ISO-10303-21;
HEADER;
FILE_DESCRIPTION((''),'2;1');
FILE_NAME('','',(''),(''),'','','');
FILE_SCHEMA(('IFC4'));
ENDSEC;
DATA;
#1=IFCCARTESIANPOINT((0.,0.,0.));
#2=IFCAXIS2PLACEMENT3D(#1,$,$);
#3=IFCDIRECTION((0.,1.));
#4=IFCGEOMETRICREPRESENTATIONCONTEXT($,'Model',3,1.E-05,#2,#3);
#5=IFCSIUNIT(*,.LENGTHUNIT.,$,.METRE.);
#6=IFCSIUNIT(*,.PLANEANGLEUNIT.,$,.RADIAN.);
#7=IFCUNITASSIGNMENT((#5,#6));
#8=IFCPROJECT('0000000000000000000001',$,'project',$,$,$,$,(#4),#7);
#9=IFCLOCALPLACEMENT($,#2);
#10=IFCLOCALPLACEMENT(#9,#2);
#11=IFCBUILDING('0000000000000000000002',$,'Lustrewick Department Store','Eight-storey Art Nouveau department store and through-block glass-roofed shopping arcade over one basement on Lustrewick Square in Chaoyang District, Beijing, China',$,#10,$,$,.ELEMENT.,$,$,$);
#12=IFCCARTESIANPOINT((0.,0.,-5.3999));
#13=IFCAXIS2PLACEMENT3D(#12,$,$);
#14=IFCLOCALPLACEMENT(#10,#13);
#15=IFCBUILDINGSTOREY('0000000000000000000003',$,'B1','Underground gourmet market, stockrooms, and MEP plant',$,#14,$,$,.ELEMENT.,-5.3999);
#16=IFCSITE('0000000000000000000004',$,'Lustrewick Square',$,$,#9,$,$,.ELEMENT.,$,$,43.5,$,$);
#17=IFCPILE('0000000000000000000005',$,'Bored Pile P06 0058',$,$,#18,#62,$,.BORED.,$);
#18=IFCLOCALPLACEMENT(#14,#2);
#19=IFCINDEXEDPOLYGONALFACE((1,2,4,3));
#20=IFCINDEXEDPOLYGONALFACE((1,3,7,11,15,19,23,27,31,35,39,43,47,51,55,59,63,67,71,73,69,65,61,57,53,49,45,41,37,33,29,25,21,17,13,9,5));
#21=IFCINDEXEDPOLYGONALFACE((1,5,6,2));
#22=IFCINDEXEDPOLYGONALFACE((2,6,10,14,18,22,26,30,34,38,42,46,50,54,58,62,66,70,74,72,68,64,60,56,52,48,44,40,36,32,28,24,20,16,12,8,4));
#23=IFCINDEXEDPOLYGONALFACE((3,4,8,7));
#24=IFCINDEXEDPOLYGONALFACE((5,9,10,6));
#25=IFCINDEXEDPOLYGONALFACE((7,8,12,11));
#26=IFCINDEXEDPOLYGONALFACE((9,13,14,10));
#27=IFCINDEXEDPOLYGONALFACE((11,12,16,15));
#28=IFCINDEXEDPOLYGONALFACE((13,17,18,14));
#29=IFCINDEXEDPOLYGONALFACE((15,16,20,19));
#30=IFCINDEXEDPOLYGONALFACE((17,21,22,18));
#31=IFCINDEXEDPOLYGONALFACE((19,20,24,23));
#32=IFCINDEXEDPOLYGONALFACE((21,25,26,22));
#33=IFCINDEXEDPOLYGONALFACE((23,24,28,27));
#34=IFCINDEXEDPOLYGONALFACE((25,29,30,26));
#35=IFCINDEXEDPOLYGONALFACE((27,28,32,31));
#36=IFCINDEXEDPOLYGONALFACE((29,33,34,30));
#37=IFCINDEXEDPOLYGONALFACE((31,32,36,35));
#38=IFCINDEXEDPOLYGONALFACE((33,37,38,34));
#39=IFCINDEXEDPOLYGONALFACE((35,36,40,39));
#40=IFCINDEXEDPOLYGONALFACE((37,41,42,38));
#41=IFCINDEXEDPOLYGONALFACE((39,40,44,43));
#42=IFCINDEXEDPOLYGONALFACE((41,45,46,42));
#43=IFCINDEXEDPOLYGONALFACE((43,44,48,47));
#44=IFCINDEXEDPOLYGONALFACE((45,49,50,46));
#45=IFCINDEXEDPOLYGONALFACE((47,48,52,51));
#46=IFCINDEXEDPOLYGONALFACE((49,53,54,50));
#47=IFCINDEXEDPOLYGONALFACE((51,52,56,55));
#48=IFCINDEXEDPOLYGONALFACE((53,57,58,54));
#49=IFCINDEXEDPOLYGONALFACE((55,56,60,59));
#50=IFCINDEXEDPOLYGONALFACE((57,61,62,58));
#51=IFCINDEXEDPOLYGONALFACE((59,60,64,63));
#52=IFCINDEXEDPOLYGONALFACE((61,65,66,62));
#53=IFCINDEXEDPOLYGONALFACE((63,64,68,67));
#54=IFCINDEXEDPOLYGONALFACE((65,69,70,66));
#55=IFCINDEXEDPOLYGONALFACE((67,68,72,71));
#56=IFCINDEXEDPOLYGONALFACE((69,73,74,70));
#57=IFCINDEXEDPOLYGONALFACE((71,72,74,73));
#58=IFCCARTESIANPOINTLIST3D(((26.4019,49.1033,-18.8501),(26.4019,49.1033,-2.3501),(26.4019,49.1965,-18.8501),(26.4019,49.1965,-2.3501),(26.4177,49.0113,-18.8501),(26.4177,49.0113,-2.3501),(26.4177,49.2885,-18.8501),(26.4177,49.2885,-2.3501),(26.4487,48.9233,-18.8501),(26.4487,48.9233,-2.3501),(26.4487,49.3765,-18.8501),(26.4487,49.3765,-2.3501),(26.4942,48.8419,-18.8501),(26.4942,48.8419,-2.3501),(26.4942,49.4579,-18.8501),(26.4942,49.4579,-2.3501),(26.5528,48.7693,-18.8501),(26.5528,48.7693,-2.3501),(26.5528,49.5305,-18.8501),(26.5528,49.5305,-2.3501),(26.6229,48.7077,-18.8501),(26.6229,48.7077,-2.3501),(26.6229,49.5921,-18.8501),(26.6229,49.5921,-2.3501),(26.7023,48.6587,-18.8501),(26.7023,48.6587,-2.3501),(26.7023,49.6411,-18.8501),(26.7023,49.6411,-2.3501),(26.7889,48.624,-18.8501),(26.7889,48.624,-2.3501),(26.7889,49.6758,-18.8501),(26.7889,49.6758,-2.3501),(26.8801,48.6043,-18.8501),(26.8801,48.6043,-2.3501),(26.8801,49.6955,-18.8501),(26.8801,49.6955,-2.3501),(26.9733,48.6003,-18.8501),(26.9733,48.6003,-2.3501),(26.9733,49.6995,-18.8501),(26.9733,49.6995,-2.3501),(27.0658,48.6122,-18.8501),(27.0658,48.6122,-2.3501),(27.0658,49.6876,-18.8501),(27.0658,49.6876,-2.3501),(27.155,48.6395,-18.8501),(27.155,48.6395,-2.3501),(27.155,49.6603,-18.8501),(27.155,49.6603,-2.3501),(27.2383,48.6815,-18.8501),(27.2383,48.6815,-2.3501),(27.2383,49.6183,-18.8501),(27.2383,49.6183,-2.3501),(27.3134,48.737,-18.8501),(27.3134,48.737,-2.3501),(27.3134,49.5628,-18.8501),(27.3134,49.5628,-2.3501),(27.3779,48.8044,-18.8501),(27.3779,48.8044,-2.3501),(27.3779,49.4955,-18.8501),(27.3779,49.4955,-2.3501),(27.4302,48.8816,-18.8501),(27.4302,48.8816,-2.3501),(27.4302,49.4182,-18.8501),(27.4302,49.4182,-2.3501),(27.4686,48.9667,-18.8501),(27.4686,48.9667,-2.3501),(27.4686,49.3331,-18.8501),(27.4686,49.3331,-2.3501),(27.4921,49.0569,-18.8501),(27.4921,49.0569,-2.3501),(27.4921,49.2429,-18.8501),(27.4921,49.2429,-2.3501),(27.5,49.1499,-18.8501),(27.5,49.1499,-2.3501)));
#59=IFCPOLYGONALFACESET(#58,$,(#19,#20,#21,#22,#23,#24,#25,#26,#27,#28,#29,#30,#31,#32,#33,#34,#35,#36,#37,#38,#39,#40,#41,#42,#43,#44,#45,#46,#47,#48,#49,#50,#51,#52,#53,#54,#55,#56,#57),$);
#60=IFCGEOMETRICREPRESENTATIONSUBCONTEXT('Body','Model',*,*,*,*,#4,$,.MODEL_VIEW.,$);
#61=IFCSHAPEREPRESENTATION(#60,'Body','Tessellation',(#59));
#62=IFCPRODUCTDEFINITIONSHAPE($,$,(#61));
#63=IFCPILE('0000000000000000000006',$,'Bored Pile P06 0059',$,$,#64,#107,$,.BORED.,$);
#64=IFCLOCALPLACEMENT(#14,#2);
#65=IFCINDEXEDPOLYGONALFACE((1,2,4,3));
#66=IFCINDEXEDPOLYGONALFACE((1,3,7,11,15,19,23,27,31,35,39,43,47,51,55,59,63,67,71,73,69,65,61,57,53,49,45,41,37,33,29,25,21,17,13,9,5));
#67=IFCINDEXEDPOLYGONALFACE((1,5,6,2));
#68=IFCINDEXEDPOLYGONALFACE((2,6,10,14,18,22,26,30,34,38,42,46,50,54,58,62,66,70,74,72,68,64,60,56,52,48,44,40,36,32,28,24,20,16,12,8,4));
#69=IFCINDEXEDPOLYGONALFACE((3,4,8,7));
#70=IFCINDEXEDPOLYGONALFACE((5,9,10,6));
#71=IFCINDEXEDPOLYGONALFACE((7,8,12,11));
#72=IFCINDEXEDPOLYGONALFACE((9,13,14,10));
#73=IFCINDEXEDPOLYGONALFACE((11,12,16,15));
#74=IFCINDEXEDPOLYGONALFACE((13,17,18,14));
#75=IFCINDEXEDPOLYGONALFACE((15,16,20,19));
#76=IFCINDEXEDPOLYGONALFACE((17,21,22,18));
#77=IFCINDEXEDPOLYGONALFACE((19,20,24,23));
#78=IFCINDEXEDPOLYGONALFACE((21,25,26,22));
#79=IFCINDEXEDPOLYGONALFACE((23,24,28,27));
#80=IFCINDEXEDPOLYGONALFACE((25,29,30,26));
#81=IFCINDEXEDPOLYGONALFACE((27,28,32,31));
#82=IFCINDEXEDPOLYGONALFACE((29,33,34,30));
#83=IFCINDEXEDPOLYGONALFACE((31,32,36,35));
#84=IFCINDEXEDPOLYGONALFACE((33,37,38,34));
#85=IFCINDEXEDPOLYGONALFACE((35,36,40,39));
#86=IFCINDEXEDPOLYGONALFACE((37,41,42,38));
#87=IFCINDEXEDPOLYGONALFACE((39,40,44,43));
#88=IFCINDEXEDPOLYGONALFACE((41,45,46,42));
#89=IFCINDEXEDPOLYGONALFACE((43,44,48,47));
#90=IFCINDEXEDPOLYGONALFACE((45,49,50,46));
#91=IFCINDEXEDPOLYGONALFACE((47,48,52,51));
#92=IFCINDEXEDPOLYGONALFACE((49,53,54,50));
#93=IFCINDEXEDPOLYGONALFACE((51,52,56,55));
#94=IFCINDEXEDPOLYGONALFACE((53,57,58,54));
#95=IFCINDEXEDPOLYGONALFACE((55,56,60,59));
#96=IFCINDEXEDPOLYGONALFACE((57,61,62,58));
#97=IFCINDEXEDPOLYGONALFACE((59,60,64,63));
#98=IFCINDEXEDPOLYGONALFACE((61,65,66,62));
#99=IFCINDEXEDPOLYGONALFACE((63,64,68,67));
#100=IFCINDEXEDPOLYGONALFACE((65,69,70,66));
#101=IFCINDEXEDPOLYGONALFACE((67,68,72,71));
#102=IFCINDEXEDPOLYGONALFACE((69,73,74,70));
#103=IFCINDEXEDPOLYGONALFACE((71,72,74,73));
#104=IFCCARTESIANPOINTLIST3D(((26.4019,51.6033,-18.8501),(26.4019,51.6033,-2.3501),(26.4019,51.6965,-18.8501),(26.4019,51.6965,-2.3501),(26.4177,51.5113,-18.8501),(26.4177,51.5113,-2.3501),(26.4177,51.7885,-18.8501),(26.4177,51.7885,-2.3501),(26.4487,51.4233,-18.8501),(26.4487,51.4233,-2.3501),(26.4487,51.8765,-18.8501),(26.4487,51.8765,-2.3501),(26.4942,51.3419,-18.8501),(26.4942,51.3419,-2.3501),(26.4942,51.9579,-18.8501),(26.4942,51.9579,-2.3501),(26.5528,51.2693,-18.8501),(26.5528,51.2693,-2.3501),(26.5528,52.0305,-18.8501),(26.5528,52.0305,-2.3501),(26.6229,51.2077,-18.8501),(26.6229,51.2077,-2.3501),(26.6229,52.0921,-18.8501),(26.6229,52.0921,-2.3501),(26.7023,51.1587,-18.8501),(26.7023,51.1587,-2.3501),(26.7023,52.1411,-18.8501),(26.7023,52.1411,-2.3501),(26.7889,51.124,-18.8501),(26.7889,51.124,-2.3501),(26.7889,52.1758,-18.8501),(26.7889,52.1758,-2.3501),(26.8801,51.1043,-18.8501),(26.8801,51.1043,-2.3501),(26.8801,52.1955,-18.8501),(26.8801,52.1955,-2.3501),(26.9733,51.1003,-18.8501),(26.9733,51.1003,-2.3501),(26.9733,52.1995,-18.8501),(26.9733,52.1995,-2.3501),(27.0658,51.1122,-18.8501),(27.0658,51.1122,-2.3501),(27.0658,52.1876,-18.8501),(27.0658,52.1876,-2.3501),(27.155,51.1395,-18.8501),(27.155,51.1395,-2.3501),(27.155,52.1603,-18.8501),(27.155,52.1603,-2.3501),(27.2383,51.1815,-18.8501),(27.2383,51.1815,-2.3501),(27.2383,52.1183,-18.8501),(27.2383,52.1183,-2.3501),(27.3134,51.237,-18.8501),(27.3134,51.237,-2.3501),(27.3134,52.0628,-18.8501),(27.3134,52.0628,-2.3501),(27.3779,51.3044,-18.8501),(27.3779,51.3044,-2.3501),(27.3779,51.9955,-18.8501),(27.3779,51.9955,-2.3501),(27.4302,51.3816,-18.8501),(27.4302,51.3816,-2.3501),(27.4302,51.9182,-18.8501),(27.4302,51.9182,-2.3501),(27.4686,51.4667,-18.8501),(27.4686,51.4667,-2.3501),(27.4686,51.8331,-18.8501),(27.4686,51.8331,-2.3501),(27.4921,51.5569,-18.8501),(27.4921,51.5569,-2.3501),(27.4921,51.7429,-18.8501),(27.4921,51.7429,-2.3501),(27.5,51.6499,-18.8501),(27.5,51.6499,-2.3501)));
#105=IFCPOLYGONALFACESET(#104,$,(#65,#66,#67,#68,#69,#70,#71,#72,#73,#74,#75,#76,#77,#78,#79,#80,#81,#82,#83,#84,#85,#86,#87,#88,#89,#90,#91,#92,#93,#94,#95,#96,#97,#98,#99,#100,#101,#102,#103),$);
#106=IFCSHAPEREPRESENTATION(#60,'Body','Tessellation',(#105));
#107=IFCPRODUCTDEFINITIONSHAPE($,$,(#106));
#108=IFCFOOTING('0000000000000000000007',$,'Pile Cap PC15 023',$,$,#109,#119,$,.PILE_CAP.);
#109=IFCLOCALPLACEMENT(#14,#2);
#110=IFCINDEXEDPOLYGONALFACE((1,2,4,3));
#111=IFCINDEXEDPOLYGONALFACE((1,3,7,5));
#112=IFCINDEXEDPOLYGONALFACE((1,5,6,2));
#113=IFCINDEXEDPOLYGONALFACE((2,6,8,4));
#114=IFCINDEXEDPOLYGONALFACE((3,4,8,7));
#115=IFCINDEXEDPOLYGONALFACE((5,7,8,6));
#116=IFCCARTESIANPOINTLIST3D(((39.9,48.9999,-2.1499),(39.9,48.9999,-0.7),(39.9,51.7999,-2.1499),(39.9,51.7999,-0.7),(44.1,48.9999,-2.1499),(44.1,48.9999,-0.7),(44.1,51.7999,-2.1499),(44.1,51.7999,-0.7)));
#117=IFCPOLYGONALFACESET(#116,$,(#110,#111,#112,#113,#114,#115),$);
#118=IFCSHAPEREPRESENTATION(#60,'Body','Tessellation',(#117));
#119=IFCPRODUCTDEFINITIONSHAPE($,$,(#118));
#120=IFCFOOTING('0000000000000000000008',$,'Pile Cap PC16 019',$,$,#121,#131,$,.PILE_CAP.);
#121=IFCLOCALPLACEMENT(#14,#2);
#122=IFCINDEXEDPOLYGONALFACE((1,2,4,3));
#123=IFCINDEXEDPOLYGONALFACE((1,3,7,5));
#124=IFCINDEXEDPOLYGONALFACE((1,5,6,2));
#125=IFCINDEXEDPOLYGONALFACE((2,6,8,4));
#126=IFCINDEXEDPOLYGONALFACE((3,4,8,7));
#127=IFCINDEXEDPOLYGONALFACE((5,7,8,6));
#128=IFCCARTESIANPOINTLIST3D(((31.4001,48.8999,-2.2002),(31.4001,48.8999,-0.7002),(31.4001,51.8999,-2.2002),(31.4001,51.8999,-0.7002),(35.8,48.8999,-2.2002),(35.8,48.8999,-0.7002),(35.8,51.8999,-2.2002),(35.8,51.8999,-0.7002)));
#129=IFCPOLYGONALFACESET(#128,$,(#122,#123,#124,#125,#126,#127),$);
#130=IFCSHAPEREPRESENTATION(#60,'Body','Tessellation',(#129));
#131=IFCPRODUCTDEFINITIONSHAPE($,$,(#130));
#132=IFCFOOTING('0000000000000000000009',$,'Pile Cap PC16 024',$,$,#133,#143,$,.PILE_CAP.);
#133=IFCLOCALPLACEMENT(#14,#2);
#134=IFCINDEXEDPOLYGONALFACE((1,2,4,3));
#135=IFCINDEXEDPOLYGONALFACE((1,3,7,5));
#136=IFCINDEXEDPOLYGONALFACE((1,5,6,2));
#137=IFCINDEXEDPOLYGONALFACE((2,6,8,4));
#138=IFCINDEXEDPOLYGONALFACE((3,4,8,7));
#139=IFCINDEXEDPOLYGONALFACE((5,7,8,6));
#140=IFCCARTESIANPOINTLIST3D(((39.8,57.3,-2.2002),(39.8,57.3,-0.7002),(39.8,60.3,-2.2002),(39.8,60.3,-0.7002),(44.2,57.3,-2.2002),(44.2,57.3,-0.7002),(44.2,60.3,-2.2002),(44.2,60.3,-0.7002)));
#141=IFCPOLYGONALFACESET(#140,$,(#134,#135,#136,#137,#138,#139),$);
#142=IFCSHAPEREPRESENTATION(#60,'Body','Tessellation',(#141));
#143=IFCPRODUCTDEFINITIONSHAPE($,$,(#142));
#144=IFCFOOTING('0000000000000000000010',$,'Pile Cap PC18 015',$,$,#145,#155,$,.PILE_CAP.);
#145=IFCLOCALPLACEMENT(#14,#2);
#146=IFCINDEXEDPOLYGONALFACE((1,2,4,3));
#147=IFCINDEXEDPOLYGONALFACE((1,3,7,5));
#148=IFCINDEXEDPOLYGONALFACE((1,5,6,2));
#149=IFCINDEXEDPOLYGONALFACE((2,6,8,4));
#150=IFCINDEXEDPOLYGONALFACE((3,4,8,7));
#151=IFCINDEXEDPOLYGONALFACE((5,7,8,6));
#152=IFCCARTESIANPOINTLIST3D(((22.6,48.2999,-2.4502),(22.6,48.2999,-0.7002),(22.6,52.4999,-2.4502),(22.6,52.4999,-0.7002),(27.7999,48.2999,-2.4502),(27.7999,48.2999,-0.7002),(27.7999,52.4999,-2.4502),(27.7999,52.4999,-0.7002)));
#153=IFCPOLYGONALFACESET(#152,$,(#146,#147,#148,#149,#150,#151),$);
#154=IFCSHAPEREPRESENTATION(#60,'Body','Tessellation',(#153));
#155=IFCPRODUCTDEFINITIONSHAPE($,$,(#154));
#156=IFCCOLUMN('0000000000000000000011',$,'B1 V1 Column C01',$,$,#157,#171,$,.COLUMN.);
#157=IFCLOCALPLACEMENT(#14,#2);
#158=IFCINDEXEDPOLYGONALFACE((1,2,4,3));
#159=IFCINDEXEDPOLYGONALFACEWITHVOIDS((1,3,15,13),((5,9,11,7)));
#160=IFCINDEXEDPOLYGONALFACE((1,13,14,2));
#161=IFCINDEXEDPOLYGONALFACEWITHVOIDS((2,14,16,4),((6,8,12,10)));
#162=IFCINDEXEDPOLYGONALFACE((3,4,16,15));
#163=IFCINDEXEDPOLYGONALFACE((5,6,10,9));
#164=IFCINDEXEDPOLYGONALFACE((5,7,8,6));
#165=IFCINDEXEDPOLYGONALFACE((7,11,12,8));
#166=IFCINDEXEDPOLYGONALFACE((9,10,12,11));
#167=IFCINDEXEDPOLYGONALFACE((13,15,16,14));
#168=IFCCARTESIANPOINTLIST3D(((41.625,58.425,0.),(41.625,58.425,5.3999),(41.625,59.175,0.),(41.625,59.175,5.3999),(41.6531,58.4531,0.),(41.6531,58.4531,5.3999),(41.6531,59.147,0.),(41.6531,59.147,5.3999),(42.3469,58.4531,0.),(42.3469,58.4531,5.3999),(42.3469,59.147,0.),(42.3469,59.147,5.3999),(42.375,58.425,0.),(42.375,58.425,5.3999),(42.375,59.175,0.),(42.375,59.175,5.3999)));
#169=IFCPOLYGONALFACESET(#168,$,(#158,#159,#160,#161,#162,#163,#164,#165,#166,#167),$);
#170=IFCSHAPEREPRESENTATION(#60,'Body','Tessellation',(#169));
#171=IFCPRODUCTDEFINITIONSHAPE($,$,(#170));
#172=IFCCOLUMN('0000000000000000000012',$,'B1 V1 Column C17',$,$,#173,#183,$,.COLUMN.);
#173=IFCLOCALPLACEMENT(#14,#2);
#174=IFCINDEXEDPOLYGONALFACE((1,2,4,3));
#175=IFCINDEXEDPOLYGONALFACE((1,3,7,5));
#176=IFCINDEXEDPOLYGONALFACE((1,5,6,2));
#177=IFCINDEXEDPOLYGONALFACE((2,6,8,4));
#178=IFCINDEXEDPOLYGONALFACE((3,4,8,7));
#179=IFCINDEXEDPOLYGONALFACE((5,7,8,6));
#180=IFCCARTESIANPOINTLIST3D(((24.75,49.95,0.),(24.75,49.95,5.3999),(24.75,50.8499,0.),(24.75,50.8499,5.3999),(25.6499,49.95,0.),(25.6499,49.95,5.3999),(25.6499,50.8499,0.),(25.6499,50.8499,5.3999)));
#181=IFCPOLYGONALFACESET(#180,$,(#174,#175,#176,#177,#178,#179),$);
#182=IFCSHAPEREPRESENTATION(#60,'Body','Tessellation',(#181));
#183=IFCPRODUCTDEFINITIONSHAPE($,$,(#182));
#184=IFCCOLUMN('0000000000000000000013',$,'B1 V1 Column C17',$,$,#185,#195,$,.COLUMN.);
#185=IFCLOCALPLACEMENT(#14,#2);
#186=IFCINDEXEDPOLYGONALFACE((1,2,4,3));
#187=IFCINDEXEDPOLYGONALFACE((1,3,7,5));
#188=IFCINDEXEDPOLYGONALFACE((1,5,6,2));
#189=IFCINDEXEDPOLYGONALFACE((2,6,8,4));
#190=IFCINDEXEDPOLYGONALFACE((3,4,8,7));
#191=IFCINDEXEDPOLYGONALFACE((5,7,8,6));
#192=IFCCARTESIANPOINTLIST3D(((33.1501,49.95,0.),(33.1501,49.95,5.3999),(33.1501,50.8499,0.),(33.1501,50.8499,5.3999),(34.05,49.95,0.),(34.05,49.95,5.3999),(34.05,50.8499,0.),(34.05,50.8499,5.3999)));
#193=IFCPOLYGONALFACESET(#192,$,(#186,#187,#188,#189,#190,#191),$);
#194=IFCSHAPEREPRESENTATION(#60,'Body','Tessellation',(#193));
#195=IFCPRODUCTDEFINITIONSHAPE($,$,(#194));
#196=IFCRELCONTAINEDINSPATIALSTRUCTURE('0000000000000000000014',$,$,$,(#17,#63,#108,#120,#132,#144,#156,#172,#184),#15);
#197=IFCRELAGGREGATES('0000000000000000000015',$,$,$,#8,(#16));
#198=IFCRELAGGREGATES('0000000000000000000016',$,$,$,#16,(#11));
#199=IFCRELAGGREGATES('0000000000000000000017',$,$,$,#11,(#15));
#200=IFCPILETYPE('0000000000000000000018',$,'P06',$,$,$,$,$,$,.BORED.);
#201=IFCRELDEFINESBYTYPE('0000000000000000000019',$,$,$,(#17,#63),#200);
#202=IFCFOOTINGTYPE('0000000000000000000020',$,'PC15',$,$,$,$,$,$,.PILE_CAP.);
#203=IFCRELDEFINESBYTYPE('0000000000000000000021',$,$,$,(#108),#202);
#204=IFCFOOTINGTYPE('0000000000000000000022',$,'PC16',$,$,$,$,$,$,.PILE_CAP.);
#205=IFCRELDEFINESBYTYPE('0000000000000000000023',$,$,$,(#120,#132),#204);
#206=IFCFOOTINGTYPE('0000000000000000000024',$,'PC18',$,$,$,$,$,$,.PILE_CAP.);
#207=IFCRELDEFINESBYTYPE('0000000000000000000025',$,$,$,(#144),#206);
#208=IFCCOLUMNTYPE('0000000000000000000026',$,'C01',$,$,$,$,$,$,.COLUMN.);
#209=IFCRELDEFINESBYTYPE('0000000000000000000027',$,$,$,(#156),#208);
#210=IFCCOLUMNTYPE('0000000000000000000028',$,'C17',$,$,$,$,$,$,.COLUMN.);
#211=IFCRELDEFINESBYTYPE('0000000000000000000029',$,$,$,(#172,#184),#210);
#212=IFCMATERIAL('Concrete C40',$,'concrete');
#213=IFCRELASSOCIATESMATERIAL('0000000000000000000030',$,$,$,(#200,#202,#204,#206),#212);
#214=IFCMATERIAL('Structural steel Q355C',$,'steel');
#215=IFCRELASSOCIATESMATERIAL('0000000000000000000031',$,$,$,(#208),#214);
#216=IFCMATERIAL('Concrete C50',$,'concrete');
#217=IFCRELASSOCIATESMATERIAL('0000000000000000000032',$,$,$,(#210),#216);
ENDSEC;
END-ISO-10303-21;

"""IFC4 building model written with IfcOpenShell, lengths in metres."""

from ifc_helpers import new_model, si_unit, direction, frame, origin, origin_2d, place, context, subcontext, project, spatial, rectangle, hollow_rectangle, circle, extrude, material, material_profile, profile_set, type_object, element, save


model = new_model("IFC4")

# Units and contexts
model_context = context("Model", 3, precision=1e-05, world=origin(), true_north=direction((0.0, 1.0)))
body_context = subcontext(model_context, "Body", "Model", "MODEL_VIEW")
ifc_project = project(units=[si_unit("LENGTHUNIT", "METRE"), si_unit("PLANEANGLEUNIT", "RADIAN")], contexts=[model_context])

# Site, building, storey
site_placement = place(None, origin())
site = spatial("IfcSite", under=ifc_project, at=site_placement, Name="Lustrewick Square", CompositionType="ELEMENT", RefElevation=43.5)
building_placement = place(site_placement, origin())
building = spatial("IfcBuilding", under=site, at=building_placement, Name="Lustrewick Department Store", Description="Eight-storey Art Nouveau department store and through-block glass-roofed shopping arcade over one basement on Lustrewick Square in Chaoyang District, Beijing, China", CompositionType="ELEMENT")
storey_placement = place(building_placement, frame((0.0, 0.0, -5.3999)))
storey = spatial("IfcBuildingStorey", under=building, at=storey_placement, Name="B1", Description="Underground gourmet market, stockrooms, and MEP plant", CompositionType="ELEMENT", Elevation=-5.3999)

# Piles
ifc_material_1 = material(Name="Concrete C40", Category="concrete")
ifc_material_profile_1 = material_profile(ifc_material_1, circle(Radius=0.55, at=origin_2d()), Name="PILE D1100")
ifc_profile_set_1 = profile_set([ifc_material_profile_1], Name="Concrete C40")
pile_type_1 = type_object("IfcPileType", Name="P06", PredefinedType="BORED", material=ifc_profile_set_1)
for number, where, z_axis, x_axis, name in (
    (1, (26.95, 49.1499, -2.3501), (0.0, 0.0, -1.0), (1.0, 0.0, 0.0), "Bored Pile P06 0058"),
    (2, (26.95, 51.6499, -2.3501), (0.0, 0.0, -1.0), (1.0, 0.0, 0.0), "Bored Pile P06 0059"),
):
    element("IfcPile", number, at=place(storey_placement, frame(where, z_axis=z_axis, x_axis=x_axis)), inside=storey, type_object=pile_type_1, Name=name, PredefinedType="BORED", context=body_context, shape_type="SweptSolid", body=[
        extrude(circle(Radius=0.55, at=origin_2d()), origin(), (0.0, 0.0, 1.0), 16.5),
    ])

# Footings
footing_type_1 = type_object("IfcFootingType", Name="PC15", PredefinedType="PILE_CAP", material=ifc_material_1)
footing_1_placement = place(storey_placement, frame((42.0, 50.3999, -2.1499), z_axis=(0.0, 0.0, 1.0), x_axis=(1.0, 0.0, 0.0)))
element("IfcFooting", 3, at=footing_1_placement, inside=storey, type_object=footing_type_1, Name="Pile Cap PC15 023", PredefinedType="PILE_CAP", context=body_context, shape_type="SweptSolid", body=[
    extrude(rectangle(XDim=4.2, YDim=2.8, at=origin_2d()), origin(), (0.0, 0.0, 1.0), 1.45),
])
footing_type_2 = type_object("IfcFootingType", Name="PC16", PredefinedType="PILE_CAP", material=ifc_material_1)
for number, where, z_axis, x_axis, name in (
    (4, (33.6001, 50.3999, -2.2002), (0.0, 0.0, 1.0), (1.0, 0.0, 0.0), "Pile Cap PC16 019"),
    (5, (42.0, 58.8, -2.2002), (0.0, 0.0, 1.0), (1.0, 0.0, 0.0), "Pile Cap PC16 024"),
):
    element("IfcFooting", number, at=place(storey_placement, frame(where, z_axis=z_axis, x_axis=x_axis)), inside=storey, type_object=footing_type_2, Name=name, PredefinedType="PILE_CAP", context=body_context, shape_type="SweptSolid", body=[
        extrude(rectangle(XDim=4.3999, YDim=3.0, at=origin_2d()), origin(), (0.0, 0.0, 1.0), 1.5),
    ])
footing_type_3 = type_object("IfcFootingType", Name="PC18", PredefinedType="PILE_CAP", material=ifc_material_1)
footing_2_placement = place(storey_placement, frame((25.2, 50.3999, -2.4502), z_axis=(0.0, 0.0, 1.0), x_axis=(1.0, 0.0, 0.0)))
element("IfcFooting", 6, at=footing_2_placement, inside=storey, type_object=footing_type_3, Name="Pile Cap PC18 015", PredefinedType="PILE_CAP", context=body_context, shape_type="SweptSolid", body=[
    extrude(rectangle(XDim=5.2, YDim=4.2, at=origin_2d()), origin(), (0.0, 0.0, 1.0), 1.75),
])

# Columns
ifc_material_2 = material(Name="Structural steel Q355C", Category="steel")
ifc_material_profile_2 = material_profile(ifc_material_2, hollow_rectangle(XDim=0.75, YDim=0.75, WallThickness=0.0281, at=origin_2d()), Name="BOX 750x750x28")
ifc_profile_set_2 = profile_set([ifc_material_profile_2], Name="Structural steel Q355C")
column_type_1 = type_object("IfcColumnType", Name="C01", PredefinedType="COLUMN", material=ifc_profile_set_2)
column_1_placement = place(storey_placement, frame((42.0, 58.8, 0.0), z_axis=(0.0, 0.0, 1.0), x_axis=(1.0, 0.0, 0.0)))
element("IfcColumn", 7, at=column_1_placement, inside=storey, type_object=column_type_1, Name="B1 V1 Column C01", PredefinedType="COLUMN", context=body_context, shape_type="SweptSolid", body=[
    extrude(hollow_rectangle(XDim=0.75, YDim=0.75, WallThickness=0.0281, at=origin_2d()), origin(), (0.0, 0.0, 1.0), 5.3999),
])
ifc_material_3 = material(Name="Concrete C50", Category="concrete")
ifc_material_profile_3 = material_profile(ifc_material_3, rectangle(XDim=0.8999, YDim=0.8999, at=origin_2d()), Name="RC 900x900")
ifc_profile_set_3 = profile_set([ifc_material_profile_3], Name="Concrete C50")
column_type_2 = type_object("IfcColumnType", Name="C17", PredefinedType="COLUMN", material=ifc_profile_set_3)
for number, where, z_axis, x_axis, name in (
    (8, (25.2, 50.3999, 0.0), (0.0, 0.0, 1.0), (1.0, 0.0, 0.0), "B1 V1 Column C17"),
    (9, (33.6001, 50.3999, 0.0), (0.0, 0.0, 1.0), (1.0, 0.0, 0.0), "B1 V1 Column C17"),
):
    element("IfcColumn", number, at=place(storey_placement, frame(where, z_axis=z_axis, x_axis=x_axis)), inside=storey, type_object=column_type_2, Name=name, PredefinedType="COLUMN", context=body_context, shape_type="SweptSolid", body=[
        extrude(rectangle(XDim=0.8999, YDim=0.8999, at=origin_2d()), origin(), (0.0, 0.0, 1.0), 5.3999),
    ])

save(model, "model.ifc")
